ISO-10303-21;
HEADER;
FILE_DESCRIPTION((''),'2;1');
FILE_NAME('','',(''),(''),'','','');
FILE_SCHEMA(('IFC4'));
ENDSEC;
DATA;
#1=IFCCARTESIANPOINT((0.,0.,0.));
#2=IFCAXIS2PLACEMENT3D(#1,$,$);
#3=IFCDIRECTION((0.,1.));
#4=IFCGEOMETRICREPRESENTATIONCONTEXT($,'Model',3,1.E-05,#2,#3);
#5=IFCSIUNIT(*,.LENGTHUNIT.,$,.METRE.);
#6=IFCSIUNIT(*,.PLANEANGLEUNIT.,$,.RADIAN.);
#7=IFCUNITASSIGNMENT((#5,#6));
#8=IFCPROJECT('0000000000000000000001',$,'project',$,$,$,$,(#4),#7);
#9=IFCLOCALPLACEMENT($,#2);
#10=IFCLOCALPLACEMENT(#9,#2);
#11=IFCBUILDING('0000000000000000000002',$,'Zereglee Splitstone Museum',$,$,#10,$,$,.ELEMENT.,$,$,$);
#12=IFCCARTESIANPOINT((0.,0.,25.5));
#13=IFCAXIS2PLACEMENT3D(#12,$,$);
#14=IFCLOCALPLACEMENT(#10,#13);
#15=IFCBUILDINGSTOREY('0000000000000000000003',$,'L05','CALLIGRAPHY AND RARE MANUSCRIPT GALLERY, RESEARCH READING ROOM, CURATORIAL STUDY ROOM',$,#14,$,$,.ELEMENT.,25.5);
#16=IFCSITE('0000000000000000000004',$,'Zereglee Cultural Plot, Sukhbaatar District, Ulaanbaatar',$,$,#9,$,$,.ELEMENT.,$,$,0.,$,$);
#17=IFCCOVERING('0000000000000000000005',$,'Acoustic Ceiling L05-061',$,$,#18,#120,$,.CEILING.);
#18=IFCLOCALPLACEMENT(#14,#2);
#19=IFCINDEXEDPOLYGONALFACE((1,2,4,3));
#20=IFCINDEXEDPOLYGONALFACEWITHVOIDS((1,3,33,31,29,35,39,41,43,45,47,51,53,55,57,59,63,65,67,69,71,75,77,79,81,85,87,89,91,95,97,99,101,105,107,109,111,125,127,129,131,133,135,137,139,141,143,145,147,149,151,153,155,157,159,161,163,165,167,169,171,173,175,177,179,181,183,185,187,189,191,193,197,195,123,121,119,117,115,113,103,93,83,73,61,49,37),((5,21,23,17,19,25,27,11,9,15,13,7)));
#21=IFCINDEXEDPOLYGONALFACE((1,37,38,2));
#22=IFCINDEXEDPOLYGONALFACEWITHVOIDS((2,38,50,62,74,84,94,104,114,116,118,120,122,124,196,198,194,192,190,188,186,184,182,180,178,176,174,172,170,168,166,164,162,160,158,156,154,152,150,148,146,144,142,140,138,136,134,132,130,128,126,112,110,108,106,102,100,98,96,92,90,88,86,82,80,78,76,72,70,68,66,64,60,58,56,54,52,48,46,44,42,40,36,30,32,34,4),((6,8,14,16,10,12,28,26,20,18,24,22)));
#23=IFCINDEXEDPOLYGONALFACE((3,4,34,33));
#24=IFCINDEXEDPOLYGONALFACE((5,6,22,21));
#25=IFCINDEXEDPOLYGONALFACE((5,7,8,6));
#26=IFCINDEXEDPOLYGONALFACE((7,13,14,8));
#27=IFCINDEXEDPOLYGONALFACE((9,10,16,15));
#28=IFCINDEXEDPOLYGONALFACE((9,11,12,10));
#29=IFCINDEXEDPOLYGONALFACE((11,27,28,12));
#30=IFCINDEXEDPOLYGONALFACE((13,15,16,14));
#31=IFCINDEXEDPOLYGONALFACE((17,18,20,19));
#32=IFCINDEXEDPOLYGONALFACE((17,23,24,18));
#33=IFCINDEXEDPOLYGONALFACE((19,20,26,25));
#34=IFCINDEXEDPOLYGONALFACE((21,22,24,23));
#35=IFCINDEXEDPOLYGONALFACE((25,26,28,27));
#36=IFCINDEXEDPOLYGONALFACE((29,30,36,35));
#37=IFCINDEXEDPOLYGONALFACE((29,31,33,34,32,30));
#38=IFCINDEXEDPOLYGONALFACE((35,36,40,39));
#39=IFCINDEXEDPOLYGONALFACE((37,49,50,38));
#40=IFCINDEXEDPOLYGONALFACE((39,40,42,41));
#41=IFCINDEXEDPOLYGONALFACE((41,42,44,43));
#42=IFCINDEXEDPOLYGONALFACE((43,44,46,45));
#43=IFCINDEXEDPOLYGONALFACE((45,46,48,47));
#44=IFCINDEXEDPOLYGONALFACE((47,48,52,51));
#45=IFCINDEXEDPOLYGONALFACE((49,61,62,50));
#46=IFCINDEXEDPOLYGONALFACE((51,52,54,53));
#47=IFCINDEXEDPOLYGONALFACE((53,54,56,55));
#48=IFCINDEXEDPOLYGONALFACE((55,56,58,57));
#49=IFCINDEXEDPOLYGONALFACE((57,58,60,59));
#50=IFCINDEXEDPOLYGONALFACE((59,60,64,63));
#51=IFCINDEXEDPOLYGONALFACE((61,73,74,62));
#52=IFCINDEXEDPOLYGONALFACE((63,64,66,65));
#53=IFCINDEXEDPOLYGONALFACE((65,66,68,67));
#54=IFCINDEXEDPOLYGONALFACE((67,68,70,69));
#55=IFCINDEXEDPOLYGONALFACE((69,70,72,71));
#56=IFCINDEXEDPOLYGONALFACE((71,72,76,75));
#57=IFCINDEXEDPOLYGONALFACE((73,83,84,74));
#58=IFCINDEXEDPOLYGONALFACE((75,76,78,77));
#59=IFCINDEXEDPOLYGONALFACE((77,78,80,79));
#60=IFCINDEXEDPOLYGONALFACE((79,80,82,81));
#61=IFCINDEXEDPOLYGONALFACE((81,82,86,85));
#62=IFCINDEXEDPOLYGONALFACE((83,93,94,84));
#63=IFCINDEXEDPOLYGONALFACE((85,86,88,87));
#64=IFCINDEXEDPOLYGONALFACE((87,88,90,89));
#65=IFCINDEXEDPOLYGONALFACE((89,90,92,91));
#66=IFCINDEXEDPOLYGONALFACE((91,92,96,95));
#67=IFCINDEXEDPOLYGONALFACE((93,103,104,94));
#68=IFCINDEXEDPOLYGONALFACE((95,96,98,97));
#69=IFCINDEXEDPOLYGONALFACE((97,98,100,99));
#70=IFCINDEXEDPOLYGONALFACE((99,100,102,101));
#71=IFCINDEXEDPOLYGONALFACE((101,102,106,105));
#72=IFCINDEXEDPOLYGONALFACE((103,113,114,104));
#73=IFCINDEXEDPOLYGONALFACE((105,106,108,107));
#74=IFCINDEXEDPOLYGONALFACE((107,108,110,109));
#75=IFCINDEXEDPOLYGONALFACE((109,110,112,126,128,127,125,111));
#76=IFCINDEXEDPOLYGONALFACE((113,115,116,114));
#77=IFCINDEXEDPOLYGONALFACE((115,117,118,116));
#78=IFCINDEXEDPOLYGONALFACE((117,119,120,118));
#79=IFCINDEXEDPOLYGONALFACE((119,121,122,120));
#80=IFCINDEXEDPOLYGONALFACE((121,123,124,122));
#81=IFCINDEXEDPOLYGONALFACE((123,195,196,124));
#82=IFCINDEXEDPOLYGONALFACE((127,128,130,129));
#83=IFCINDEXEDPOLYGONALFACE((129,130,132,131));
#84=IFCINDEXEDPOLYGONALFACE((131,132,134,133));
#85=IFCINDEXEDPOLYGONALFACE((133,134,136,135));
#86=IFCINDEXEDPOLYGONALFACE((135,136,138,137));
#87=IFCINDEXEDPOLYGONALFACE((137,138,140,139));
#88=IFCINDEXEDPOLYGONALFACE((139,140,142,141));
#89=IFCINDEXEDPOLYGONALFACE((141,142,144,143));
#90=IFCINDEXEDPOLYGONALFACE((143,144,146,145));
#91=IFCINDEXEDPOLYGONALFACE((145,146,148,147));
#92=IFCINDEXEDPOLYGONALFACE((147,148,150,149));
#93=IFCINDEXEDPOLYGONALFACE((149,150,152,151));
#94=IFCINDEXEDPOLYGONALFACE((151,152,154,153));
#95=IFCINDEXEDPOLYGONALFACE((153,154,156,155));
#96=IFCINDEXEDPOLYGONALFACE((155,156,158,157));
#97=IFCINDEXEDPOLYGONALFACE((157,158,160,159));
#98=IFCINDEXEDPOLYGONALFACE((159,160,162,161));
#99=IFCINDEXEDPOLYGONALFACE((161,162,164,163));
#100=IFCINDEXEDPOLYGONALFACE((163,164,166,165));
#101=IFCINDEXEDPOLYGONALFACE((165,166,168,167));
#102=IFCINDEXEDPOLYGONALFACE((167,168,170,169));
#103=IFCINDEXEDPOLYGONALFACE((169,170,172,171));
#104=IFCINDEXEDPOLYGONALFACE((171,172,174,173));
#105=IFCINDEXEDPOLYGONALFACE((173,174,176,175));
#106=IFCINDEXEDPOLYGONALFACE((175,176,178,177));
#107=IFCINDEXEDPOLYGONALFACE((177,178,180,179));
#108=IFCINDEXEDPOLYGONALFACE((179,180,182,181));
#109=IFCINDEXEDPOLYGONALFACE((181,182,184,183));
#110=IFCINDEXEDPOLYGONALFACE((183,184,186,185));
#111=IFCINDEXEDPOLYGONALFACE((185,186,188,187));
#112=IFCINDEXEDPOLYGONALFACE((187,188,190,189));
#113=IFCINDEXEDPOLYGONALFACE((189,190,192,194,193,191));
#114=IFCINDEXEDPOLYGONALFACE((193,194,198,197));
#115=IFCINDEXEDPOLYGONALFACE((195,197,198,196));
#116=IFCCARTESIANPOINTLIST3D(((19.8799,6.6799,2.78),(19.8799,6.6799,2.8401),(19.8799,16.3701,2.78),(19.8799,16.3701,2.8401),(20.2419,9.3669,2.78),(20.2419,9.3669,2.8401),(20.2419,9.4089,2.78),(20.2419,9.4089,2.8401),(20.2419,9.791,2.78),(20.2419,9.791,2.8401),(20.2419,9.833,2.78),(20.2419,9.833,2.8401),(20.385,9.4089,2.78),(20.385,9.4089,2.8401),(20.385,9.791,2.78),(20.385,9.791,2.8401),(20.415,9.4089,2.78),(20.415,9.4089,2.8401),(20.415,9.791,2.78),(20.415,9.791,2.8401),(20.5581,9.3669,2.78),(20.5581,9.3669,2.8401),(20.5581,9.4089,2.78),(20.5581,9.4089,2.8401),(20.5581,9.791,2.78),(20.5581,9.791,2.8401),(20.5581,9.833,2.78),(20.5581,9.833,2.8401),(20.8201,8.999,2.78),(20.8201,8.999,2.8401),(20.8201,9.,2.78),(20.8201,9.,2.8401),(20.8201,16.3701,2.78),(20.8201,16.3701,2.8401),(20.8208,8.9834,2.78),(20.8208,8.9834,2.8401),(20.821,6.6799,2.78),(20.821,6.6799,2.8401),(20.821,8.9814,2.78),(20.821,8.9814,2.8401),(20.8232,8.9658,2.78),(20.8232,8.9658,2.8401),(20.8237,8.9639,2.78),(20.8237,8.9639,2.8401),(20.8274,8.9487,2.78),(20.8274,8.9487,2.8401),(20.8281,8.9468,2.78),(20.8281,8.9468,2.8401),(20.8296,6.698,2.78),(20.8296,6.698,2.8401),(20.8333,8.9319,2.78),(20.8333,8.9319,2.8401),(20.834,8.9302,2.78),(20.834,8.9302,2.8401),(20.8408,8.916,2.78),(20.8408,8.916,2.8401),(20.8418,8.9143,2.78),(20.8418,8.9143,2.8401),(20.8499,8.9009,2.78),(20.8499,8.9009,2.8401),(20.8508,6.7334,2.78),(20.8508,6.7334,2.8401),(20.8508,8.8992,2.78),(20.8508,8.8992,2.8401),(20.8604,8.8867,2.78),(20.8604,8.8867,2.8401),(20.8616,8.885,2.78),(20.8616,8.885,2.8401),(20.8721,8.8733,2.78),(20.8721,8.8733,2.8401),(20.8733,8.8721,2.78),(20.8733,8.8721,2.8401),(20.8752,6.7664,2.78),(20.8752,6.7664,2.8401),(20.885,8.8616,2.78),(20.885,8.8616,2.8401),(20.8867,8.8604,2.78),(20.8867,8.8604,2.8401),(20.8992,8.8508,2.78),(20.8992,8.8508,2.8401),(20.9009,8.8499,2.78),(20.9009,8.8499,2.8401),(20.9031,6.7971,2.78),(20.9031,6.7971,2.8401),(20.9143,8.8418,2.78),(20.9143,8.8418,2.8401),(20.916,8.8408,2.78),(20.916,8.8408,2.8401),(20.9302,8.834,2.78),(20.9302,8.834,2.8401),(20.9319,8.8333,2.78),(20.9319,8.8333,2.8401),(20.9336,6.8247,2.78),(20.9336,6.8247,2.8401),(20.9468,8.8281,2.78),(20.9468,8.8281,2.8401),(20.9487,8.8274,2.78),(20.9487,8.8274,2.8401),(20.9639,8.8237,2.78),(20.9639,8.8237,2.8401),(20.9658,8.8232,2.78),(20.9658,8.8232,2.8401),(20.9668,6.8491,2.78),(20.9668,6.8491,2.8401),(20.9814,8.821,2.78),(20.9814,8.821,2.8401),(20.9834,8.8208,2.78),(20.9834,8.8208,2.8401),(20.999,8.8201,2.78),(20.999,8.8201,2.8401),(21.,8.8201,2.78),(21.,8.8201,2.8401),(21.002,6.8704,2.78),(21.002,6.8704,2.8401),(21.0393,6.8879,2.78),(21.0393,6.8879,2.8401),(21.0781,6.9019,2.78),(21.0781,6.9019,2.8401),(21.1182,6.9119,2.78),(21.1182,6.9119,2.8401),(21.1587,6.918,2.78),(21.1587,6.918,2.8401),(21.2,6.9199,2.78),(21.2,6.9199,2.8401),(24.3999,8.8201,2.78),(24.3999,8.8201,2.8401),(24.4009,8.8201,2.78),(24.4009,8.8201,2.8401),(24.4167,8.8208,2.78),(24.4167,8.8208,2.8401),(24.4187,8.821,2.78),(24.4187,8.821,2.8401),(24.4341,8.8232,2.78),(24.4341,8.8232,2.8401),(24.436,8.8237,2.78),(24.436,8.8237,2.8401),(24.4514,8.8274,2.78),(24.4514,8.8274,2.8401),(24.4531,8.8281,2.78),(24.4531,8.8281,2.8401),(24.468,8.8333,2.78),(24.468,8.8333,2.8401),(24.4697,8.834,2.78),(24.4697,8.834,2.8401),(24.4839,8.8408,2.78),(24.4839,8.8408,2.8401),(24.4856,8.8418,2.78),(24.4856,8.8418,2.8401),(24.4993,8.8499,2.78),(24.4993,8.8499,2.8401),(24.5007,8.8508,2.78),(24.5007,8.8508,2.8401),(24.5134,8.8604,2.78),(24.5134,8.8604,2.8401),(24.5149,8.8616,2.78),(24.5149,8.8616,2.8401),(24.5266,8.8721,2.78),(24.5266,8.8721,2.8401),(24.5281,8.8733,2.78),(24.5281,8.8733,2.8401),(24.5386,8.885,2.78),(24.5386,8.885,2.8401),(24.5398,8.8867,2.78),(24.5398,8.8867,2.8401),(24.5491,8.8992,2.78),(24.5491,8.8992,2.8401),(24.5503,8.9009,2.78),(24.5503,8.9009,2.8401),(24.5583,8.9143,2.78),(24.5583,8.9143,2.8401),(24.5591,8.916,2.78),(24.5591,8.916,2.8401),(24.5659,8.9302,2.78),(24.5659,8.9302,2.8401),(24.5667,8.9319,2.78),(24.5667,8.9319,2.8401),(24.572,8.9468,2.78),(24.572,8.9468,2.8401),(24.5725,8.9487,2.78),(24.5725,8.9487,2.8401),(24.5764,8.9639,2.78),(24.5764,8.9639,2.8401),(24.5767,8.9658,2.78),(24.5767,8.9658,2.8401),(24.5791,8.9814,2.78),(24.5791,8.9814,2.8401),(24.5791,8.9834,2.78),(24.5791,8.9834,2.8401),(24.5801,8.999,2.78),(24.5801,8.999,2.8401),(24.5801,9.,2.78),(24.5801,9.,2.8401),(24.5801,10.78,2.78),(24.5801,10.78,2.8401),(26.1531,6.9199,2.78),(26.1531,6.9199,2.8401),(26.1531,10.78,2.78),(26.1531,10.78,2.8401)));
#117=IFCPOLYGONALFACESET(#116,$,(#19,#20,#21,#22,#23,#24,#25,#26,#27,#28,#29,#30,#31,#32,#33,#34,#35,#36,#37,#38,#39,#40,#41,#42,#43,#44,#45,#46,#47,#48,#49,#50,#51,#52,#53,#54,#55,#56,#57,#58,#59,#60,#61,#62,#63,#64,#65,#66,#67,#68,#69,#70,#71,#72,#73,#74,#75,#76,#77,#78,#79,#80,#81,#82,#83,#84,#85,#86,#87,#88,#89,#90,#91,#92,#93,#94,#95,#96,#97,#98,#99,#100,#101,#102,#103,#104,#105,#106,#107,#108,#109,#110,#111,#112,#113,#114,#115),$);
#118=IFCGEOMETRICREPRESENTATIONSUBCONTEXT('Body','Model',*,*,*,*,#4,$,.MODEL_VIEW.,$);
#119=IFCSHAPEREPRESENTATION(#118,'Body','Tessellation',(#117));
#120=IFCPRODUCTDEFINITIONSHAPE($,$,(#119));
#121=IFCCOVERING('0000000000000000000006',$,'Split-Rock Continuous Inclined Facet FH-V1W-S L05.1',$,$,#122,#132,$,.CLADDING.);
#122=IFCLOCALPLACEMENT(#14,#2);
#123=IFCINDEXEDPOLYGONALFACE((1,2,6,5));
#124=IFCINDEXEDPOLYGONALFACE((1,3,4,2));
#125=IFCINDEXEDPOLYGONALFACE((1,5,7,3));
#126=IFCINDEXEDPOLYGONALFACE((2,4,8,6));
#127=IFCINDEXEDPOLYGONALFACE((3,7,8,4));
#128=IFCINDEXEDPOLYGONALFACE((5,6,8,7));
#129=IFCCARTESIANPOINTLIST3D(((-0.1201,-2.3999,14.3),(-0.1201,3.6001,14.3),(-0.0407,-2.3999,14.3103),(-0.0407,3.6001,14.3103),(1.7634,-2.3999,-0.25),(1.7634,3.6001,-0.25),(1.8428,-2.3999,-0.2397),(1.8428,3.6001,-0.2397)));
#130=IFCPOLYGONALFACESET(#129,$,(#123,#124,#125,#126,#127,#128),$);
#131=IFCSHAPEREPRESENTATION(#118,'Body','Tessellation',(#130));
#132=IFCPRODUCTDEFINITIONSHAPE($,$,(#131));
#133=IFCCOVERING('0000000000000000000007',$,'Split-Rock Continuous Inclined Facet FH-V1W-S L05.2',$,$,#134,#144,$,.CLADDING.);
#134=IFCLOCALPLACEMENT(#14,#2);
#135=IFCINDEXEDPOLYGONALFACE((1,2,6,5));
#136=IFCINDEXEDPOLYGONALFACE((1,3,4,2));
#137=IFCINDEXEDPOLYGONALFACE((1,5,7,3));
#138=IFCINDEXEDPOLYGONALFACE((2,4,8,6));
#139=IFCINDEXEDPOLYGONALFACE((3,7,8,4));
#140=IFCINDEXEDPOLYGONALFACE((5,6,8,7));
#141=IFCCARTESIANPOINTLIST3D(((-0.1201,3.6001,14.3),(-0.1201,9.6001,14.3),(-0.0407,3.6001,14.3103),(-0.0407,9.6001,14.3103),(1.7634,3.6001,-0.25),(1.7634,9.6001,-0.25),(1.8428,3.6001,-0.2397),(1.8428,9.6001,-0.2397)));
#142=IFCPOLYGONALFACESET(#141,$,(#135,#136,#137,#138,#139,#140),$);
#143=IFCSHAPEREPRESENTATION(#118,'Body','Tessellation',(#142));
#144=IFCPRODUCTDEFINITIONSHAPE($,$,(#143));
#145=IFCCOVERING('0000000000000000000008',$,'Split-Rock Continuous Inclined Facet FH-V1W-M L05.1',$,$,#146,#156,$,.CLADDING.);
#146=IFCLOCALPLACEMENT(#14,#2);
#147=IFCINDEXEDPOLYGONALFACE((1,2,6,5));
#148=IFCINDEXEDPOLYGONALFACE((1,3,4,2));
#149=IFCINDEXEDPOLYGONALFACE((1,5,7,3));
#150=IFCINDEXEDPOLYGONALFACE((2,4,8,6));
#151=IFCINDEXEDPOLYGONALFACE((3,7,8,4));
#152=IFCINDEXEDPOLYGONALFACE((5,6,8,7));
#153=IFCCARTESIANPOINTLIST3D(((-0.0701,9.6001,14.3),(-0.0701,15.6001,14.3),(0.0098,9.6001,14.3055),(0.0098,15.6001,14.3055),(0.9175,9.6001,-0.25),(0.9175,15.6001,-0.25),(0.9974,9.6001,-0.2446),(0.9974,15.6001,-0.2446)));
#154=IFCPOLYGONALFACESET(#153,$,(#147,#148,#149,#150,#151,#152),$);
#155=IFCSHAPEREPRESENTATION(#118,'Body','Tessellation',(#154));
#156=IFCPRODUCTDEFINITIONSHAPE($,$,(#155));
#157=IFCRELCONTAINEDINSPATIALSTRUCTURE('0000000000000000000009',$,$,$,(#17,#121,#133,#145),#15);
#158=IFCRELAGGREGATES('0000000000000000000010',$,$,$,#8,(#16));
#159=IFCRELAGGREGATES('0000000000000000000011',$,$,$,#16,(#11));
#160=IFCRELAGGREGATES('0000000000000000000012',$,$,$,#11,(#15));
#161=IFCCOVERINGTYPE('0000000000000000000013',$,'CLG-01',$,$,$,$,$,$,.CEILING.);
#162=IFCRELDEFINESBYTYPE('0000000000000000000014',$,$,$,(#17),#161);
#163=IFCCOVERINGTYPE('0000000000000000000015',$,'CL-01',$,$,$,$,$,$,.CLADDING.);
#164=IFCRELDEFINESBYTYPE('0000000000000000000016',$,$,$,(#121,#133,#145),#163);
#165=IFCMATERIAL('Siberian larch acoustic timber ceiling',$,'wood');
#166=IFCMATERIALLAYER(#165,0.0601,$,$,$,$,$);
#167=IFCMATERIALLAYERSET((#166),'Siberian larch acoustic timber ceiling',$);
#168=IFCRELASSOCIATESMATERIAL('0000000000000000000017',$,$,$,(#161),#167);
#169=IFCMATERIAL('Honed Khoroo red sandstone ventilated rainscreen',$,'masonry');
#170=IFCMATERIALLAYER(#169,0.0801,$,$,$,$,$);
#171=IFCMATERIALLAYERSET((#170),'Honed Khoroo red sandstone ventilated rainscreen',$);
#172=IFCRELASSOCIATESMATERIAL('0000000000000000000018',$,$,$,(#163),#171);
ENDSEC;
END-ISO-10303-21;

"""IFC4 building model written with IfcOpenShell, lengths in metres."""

from ifc_helpers import new_model, si_unit, direction, frame, origin, place, context, subcontext, project, spatial, polyline, outline, extrude, material, layer, layer_set, type_object, element, save


model = new_model("IFC4")

# Units and contexts
model_context = context("Model", 3, precision=1e-05, world=origin(), true_north=direction((0.0, 1.0)))
body_context = subcontext(model_context, "Body", "Model", "MODEL_VIEW")
ifc_project = project(units=[si_unit("LENGTHUNIT", "METRE"), si_unit("PLANEANGLEUNIT", "RADIAN")], contexts=[model_context])

# Site, building, storey
site_placement = place(None, origin())
site = spatial("IfcSite", under=ifc_project, at=site_placement, Name="Zereglee Cultural Plot, Sukhbaatar District, Ulaanbaatar", CompositionType="ELEMENT", RefElevation=0.0)
building_placement = place(site_placement, origin())
building = spatial("IfcBuilding", under=site, at=building_placement, Name="Zereglee Splitstone Museum", CompositionType="ELEMENT")
storey_placement = place(building_placement, frame((0.0, 0.0, 25.5)))
storey = spatial("IfcBuildingStorey", under=building, at=storey_placement, Name="L05", Description="CALLIGRAPHY AND RARE MANUSCRIPT GALLERY, RESEARCH READING ROOM, CURATORIAL STUDY ROOM", CompositionType="ELEMENT", Elevation=25.5)

# Coverings
ifc_material_1 = material(Name="Siberian larch acoustic timber ceiling", Category="wood")
ifc_layer_1 = layer(ifc_material_1, 0.0601)
ifc_layer_set_1 = layer_set([ifc_layer_1], Name="Siberian larch acoustic timber ceiling")
covering_type_1 = type_object("IfcCoveringType", Name="CLG-01", PredefinedType="CEILING", material=ifc_layer_set_1)
covering_1_placement = place(storey_placement, frame((0.0, 0.0, 2.78)))
element("IfcCovering", 1, at=covering_1_placement, inside=storey, type_object=covering_type_1, Name="Acoustic Ceiling L05-061", PredefinedType="CEILING", context=body_context, shape_type="SweptSolid", body=[
    extrude(outline(polyline([(19.8799, 16.3701), (20.8201, 16.3701), (20.8201, 9.0), (20.8201, 8.999), (20.8208, 8.9834), (20.821, 8.9814), (20.8232, 8.9658), (20.8237, 8.9639), (20.8274, 8.9487), (20.8281, 8.9468), (20.8333, 8.9319), (20.834, 8.9302), (20.8408, 8.916), (20.8418, 8.9143), (20.8499, 8.9009), (20.8508, 8.8992), (20.8604, 8.8867), (20.8616, 8.885), (20.8721, 8.8733), (20.8733, 8.8721), (20.885, 8.8616), (20.8867, 8.8604), (20.8992, 8.8508), (20.9009, 8.8499), (20.9143, 8.8418), (20.916, 8.8408), (20.9302, 8.834), (20.9319, 8.8333), (20.9468, 8.8281), (20.9487, 8.8274), (20.9639, 8.8237), (20.9658, 8.8232), (20.9814, 8.821), (20.9834, 8.8208), (20.999, 8.8201), (21.0, 8.8201), (24.3999, 8.8201), (24.4009, 8.8201), (24.4167, 8.8208), (24.4187, 8.821), (24.4341, 8.8232), (24.436, 8.8237), (24.4514, 8.8274), (24.4531, 8.8281), (24.468, 8.8333), (24.4697, 8.834), (24.4839, 8.8408), (24.4856, 8.8418), (24.4993, 8.8499), (24.5007, 8.8508), (24.5134, 8.8604), (24.5149, 8.8616), (24.5266, 8.8721), (24.5281, 8.8733), (24.5386, 8.885), (24.5398, 8.8867), (24.5491, 8.8992), (24.5503, 8.9009), (24.5583, 8.9143), (24.5591, 8.916), (24.5659, 8.9302), (24.5667, 8.9319), (24.572, 8.9468), (24.5725, 8.9487), (24.5764, 8.9639), (24.5767, 8.9658), (24.5791, 8.9814), (24.5791, 8.9834), (24.5801, 8.999), (24.5801, 9.0), (24.5801, 10.78), (26.1531, 10.78), (26.1531, 6.9199), (21.2, 6.9199), (21.1587, 6.918), (21.1182, 6.9119), (21.0781, 6.9019), (21.0393, 6.8879), (21.002, 6.8704), (20.9668, 6.8491), (20.9336, 6.8247), (20.9031, 6.7971), (20.8752, 6.7664), (20.8508, 6.7334), (20.8296, 6.698), (20.821, 6.6799), (19.8799, 6.6799), (19.8799, 16.3701)]), holes=[polyline([(20.385, 9.791), (20.385, 9.4089), (20.2419, 9.4089), (20.2419, 9.3669), (20.5581, 9.3669), (20.5581, 9.4089), (20.415, 9.4089), (20.415, 9.791), (20.5581, 9.791), (20.5581, 9.833), (20.2419, 9.833), (20.2419, 9.791), (20.385, 9.791)])]), origin(), (0.0, 0.0, 1.0), 0.0601),
])
ifc_material_2 = material(Name="Honed Khoroo red sandstone ventilated rainscreen", Category="masonry")
ifc_layer_2 = layer(ifc_material_2, 0.0801)
ifc_layer_set_2 = layer_set([ifc_layer_2], Name="Honed Khoroo red sandstone ventilated rainscreen")
covering_type_2 = type_object("IfcCoveringType", Name="CL-01", PredefinedType="CLADDING", material=ifc_layer_set_2)
for number, where, z_axis, x_axis, name in (
    (2, (-0.1201, -2.3999, 14.3), (-0.991725, 0.0, -0.128382), (0.0, 1.0, 0.0), "Split-Rock Continuous Inclined Facet FH-V1W-S L05.1"),
    (3, (-0.1201, 3.6001, 14.3), (-0.991725, 0.0, -0.128382), (0.0, 1.0, 0.0), "Split-Rock Continuous Inclined Facet FH-V1W-S L05.2"),
):
    element("IfcCovering", number, at=place(storey_placement, frame(where, z_axis=z_axis, x_axis=x_axis)), inside=storey, type_object=covering_type_2, Name=name, PredefinedType="CLADDING", context=body_context, shape_type="SweptSolid", body=[
        extrude(outline(polyline([(0.0, 0.0), (6.0, 0.0), (6.0, 14.6715), (0.0, 14.6715), (0.0, 0.0)])), origin(), (0.0, 0.0, -1.0), 0.0801),
    ])
covering_2_placement = place(storey_placement, frame((-0.0701, 9.6001, 14.3), z_axis=(-0.997705, 0.0, -0.067717), x_axis=(0.0, 1.0, 0.0)))
element("IfcCovering", 4, at=covering_2_placement, inside=storey, type_object=covering_type_2, Name="Split-Rock Continuous Inclined Facet FH-V1W-M L05.1", PredefinedType="CLADDING", context=body_context, shape_type="SweptSolid", body=[
    extrude(outline(polyline([(0.0, 0.0), (6.0, 0.0), (6.0, 14.5835), (0.0, 14.5835), (0.0, 0.0)])), origin(), (0.0, 0.0, -1.0), 0.0801),
])

save(model, "model.ifc")
